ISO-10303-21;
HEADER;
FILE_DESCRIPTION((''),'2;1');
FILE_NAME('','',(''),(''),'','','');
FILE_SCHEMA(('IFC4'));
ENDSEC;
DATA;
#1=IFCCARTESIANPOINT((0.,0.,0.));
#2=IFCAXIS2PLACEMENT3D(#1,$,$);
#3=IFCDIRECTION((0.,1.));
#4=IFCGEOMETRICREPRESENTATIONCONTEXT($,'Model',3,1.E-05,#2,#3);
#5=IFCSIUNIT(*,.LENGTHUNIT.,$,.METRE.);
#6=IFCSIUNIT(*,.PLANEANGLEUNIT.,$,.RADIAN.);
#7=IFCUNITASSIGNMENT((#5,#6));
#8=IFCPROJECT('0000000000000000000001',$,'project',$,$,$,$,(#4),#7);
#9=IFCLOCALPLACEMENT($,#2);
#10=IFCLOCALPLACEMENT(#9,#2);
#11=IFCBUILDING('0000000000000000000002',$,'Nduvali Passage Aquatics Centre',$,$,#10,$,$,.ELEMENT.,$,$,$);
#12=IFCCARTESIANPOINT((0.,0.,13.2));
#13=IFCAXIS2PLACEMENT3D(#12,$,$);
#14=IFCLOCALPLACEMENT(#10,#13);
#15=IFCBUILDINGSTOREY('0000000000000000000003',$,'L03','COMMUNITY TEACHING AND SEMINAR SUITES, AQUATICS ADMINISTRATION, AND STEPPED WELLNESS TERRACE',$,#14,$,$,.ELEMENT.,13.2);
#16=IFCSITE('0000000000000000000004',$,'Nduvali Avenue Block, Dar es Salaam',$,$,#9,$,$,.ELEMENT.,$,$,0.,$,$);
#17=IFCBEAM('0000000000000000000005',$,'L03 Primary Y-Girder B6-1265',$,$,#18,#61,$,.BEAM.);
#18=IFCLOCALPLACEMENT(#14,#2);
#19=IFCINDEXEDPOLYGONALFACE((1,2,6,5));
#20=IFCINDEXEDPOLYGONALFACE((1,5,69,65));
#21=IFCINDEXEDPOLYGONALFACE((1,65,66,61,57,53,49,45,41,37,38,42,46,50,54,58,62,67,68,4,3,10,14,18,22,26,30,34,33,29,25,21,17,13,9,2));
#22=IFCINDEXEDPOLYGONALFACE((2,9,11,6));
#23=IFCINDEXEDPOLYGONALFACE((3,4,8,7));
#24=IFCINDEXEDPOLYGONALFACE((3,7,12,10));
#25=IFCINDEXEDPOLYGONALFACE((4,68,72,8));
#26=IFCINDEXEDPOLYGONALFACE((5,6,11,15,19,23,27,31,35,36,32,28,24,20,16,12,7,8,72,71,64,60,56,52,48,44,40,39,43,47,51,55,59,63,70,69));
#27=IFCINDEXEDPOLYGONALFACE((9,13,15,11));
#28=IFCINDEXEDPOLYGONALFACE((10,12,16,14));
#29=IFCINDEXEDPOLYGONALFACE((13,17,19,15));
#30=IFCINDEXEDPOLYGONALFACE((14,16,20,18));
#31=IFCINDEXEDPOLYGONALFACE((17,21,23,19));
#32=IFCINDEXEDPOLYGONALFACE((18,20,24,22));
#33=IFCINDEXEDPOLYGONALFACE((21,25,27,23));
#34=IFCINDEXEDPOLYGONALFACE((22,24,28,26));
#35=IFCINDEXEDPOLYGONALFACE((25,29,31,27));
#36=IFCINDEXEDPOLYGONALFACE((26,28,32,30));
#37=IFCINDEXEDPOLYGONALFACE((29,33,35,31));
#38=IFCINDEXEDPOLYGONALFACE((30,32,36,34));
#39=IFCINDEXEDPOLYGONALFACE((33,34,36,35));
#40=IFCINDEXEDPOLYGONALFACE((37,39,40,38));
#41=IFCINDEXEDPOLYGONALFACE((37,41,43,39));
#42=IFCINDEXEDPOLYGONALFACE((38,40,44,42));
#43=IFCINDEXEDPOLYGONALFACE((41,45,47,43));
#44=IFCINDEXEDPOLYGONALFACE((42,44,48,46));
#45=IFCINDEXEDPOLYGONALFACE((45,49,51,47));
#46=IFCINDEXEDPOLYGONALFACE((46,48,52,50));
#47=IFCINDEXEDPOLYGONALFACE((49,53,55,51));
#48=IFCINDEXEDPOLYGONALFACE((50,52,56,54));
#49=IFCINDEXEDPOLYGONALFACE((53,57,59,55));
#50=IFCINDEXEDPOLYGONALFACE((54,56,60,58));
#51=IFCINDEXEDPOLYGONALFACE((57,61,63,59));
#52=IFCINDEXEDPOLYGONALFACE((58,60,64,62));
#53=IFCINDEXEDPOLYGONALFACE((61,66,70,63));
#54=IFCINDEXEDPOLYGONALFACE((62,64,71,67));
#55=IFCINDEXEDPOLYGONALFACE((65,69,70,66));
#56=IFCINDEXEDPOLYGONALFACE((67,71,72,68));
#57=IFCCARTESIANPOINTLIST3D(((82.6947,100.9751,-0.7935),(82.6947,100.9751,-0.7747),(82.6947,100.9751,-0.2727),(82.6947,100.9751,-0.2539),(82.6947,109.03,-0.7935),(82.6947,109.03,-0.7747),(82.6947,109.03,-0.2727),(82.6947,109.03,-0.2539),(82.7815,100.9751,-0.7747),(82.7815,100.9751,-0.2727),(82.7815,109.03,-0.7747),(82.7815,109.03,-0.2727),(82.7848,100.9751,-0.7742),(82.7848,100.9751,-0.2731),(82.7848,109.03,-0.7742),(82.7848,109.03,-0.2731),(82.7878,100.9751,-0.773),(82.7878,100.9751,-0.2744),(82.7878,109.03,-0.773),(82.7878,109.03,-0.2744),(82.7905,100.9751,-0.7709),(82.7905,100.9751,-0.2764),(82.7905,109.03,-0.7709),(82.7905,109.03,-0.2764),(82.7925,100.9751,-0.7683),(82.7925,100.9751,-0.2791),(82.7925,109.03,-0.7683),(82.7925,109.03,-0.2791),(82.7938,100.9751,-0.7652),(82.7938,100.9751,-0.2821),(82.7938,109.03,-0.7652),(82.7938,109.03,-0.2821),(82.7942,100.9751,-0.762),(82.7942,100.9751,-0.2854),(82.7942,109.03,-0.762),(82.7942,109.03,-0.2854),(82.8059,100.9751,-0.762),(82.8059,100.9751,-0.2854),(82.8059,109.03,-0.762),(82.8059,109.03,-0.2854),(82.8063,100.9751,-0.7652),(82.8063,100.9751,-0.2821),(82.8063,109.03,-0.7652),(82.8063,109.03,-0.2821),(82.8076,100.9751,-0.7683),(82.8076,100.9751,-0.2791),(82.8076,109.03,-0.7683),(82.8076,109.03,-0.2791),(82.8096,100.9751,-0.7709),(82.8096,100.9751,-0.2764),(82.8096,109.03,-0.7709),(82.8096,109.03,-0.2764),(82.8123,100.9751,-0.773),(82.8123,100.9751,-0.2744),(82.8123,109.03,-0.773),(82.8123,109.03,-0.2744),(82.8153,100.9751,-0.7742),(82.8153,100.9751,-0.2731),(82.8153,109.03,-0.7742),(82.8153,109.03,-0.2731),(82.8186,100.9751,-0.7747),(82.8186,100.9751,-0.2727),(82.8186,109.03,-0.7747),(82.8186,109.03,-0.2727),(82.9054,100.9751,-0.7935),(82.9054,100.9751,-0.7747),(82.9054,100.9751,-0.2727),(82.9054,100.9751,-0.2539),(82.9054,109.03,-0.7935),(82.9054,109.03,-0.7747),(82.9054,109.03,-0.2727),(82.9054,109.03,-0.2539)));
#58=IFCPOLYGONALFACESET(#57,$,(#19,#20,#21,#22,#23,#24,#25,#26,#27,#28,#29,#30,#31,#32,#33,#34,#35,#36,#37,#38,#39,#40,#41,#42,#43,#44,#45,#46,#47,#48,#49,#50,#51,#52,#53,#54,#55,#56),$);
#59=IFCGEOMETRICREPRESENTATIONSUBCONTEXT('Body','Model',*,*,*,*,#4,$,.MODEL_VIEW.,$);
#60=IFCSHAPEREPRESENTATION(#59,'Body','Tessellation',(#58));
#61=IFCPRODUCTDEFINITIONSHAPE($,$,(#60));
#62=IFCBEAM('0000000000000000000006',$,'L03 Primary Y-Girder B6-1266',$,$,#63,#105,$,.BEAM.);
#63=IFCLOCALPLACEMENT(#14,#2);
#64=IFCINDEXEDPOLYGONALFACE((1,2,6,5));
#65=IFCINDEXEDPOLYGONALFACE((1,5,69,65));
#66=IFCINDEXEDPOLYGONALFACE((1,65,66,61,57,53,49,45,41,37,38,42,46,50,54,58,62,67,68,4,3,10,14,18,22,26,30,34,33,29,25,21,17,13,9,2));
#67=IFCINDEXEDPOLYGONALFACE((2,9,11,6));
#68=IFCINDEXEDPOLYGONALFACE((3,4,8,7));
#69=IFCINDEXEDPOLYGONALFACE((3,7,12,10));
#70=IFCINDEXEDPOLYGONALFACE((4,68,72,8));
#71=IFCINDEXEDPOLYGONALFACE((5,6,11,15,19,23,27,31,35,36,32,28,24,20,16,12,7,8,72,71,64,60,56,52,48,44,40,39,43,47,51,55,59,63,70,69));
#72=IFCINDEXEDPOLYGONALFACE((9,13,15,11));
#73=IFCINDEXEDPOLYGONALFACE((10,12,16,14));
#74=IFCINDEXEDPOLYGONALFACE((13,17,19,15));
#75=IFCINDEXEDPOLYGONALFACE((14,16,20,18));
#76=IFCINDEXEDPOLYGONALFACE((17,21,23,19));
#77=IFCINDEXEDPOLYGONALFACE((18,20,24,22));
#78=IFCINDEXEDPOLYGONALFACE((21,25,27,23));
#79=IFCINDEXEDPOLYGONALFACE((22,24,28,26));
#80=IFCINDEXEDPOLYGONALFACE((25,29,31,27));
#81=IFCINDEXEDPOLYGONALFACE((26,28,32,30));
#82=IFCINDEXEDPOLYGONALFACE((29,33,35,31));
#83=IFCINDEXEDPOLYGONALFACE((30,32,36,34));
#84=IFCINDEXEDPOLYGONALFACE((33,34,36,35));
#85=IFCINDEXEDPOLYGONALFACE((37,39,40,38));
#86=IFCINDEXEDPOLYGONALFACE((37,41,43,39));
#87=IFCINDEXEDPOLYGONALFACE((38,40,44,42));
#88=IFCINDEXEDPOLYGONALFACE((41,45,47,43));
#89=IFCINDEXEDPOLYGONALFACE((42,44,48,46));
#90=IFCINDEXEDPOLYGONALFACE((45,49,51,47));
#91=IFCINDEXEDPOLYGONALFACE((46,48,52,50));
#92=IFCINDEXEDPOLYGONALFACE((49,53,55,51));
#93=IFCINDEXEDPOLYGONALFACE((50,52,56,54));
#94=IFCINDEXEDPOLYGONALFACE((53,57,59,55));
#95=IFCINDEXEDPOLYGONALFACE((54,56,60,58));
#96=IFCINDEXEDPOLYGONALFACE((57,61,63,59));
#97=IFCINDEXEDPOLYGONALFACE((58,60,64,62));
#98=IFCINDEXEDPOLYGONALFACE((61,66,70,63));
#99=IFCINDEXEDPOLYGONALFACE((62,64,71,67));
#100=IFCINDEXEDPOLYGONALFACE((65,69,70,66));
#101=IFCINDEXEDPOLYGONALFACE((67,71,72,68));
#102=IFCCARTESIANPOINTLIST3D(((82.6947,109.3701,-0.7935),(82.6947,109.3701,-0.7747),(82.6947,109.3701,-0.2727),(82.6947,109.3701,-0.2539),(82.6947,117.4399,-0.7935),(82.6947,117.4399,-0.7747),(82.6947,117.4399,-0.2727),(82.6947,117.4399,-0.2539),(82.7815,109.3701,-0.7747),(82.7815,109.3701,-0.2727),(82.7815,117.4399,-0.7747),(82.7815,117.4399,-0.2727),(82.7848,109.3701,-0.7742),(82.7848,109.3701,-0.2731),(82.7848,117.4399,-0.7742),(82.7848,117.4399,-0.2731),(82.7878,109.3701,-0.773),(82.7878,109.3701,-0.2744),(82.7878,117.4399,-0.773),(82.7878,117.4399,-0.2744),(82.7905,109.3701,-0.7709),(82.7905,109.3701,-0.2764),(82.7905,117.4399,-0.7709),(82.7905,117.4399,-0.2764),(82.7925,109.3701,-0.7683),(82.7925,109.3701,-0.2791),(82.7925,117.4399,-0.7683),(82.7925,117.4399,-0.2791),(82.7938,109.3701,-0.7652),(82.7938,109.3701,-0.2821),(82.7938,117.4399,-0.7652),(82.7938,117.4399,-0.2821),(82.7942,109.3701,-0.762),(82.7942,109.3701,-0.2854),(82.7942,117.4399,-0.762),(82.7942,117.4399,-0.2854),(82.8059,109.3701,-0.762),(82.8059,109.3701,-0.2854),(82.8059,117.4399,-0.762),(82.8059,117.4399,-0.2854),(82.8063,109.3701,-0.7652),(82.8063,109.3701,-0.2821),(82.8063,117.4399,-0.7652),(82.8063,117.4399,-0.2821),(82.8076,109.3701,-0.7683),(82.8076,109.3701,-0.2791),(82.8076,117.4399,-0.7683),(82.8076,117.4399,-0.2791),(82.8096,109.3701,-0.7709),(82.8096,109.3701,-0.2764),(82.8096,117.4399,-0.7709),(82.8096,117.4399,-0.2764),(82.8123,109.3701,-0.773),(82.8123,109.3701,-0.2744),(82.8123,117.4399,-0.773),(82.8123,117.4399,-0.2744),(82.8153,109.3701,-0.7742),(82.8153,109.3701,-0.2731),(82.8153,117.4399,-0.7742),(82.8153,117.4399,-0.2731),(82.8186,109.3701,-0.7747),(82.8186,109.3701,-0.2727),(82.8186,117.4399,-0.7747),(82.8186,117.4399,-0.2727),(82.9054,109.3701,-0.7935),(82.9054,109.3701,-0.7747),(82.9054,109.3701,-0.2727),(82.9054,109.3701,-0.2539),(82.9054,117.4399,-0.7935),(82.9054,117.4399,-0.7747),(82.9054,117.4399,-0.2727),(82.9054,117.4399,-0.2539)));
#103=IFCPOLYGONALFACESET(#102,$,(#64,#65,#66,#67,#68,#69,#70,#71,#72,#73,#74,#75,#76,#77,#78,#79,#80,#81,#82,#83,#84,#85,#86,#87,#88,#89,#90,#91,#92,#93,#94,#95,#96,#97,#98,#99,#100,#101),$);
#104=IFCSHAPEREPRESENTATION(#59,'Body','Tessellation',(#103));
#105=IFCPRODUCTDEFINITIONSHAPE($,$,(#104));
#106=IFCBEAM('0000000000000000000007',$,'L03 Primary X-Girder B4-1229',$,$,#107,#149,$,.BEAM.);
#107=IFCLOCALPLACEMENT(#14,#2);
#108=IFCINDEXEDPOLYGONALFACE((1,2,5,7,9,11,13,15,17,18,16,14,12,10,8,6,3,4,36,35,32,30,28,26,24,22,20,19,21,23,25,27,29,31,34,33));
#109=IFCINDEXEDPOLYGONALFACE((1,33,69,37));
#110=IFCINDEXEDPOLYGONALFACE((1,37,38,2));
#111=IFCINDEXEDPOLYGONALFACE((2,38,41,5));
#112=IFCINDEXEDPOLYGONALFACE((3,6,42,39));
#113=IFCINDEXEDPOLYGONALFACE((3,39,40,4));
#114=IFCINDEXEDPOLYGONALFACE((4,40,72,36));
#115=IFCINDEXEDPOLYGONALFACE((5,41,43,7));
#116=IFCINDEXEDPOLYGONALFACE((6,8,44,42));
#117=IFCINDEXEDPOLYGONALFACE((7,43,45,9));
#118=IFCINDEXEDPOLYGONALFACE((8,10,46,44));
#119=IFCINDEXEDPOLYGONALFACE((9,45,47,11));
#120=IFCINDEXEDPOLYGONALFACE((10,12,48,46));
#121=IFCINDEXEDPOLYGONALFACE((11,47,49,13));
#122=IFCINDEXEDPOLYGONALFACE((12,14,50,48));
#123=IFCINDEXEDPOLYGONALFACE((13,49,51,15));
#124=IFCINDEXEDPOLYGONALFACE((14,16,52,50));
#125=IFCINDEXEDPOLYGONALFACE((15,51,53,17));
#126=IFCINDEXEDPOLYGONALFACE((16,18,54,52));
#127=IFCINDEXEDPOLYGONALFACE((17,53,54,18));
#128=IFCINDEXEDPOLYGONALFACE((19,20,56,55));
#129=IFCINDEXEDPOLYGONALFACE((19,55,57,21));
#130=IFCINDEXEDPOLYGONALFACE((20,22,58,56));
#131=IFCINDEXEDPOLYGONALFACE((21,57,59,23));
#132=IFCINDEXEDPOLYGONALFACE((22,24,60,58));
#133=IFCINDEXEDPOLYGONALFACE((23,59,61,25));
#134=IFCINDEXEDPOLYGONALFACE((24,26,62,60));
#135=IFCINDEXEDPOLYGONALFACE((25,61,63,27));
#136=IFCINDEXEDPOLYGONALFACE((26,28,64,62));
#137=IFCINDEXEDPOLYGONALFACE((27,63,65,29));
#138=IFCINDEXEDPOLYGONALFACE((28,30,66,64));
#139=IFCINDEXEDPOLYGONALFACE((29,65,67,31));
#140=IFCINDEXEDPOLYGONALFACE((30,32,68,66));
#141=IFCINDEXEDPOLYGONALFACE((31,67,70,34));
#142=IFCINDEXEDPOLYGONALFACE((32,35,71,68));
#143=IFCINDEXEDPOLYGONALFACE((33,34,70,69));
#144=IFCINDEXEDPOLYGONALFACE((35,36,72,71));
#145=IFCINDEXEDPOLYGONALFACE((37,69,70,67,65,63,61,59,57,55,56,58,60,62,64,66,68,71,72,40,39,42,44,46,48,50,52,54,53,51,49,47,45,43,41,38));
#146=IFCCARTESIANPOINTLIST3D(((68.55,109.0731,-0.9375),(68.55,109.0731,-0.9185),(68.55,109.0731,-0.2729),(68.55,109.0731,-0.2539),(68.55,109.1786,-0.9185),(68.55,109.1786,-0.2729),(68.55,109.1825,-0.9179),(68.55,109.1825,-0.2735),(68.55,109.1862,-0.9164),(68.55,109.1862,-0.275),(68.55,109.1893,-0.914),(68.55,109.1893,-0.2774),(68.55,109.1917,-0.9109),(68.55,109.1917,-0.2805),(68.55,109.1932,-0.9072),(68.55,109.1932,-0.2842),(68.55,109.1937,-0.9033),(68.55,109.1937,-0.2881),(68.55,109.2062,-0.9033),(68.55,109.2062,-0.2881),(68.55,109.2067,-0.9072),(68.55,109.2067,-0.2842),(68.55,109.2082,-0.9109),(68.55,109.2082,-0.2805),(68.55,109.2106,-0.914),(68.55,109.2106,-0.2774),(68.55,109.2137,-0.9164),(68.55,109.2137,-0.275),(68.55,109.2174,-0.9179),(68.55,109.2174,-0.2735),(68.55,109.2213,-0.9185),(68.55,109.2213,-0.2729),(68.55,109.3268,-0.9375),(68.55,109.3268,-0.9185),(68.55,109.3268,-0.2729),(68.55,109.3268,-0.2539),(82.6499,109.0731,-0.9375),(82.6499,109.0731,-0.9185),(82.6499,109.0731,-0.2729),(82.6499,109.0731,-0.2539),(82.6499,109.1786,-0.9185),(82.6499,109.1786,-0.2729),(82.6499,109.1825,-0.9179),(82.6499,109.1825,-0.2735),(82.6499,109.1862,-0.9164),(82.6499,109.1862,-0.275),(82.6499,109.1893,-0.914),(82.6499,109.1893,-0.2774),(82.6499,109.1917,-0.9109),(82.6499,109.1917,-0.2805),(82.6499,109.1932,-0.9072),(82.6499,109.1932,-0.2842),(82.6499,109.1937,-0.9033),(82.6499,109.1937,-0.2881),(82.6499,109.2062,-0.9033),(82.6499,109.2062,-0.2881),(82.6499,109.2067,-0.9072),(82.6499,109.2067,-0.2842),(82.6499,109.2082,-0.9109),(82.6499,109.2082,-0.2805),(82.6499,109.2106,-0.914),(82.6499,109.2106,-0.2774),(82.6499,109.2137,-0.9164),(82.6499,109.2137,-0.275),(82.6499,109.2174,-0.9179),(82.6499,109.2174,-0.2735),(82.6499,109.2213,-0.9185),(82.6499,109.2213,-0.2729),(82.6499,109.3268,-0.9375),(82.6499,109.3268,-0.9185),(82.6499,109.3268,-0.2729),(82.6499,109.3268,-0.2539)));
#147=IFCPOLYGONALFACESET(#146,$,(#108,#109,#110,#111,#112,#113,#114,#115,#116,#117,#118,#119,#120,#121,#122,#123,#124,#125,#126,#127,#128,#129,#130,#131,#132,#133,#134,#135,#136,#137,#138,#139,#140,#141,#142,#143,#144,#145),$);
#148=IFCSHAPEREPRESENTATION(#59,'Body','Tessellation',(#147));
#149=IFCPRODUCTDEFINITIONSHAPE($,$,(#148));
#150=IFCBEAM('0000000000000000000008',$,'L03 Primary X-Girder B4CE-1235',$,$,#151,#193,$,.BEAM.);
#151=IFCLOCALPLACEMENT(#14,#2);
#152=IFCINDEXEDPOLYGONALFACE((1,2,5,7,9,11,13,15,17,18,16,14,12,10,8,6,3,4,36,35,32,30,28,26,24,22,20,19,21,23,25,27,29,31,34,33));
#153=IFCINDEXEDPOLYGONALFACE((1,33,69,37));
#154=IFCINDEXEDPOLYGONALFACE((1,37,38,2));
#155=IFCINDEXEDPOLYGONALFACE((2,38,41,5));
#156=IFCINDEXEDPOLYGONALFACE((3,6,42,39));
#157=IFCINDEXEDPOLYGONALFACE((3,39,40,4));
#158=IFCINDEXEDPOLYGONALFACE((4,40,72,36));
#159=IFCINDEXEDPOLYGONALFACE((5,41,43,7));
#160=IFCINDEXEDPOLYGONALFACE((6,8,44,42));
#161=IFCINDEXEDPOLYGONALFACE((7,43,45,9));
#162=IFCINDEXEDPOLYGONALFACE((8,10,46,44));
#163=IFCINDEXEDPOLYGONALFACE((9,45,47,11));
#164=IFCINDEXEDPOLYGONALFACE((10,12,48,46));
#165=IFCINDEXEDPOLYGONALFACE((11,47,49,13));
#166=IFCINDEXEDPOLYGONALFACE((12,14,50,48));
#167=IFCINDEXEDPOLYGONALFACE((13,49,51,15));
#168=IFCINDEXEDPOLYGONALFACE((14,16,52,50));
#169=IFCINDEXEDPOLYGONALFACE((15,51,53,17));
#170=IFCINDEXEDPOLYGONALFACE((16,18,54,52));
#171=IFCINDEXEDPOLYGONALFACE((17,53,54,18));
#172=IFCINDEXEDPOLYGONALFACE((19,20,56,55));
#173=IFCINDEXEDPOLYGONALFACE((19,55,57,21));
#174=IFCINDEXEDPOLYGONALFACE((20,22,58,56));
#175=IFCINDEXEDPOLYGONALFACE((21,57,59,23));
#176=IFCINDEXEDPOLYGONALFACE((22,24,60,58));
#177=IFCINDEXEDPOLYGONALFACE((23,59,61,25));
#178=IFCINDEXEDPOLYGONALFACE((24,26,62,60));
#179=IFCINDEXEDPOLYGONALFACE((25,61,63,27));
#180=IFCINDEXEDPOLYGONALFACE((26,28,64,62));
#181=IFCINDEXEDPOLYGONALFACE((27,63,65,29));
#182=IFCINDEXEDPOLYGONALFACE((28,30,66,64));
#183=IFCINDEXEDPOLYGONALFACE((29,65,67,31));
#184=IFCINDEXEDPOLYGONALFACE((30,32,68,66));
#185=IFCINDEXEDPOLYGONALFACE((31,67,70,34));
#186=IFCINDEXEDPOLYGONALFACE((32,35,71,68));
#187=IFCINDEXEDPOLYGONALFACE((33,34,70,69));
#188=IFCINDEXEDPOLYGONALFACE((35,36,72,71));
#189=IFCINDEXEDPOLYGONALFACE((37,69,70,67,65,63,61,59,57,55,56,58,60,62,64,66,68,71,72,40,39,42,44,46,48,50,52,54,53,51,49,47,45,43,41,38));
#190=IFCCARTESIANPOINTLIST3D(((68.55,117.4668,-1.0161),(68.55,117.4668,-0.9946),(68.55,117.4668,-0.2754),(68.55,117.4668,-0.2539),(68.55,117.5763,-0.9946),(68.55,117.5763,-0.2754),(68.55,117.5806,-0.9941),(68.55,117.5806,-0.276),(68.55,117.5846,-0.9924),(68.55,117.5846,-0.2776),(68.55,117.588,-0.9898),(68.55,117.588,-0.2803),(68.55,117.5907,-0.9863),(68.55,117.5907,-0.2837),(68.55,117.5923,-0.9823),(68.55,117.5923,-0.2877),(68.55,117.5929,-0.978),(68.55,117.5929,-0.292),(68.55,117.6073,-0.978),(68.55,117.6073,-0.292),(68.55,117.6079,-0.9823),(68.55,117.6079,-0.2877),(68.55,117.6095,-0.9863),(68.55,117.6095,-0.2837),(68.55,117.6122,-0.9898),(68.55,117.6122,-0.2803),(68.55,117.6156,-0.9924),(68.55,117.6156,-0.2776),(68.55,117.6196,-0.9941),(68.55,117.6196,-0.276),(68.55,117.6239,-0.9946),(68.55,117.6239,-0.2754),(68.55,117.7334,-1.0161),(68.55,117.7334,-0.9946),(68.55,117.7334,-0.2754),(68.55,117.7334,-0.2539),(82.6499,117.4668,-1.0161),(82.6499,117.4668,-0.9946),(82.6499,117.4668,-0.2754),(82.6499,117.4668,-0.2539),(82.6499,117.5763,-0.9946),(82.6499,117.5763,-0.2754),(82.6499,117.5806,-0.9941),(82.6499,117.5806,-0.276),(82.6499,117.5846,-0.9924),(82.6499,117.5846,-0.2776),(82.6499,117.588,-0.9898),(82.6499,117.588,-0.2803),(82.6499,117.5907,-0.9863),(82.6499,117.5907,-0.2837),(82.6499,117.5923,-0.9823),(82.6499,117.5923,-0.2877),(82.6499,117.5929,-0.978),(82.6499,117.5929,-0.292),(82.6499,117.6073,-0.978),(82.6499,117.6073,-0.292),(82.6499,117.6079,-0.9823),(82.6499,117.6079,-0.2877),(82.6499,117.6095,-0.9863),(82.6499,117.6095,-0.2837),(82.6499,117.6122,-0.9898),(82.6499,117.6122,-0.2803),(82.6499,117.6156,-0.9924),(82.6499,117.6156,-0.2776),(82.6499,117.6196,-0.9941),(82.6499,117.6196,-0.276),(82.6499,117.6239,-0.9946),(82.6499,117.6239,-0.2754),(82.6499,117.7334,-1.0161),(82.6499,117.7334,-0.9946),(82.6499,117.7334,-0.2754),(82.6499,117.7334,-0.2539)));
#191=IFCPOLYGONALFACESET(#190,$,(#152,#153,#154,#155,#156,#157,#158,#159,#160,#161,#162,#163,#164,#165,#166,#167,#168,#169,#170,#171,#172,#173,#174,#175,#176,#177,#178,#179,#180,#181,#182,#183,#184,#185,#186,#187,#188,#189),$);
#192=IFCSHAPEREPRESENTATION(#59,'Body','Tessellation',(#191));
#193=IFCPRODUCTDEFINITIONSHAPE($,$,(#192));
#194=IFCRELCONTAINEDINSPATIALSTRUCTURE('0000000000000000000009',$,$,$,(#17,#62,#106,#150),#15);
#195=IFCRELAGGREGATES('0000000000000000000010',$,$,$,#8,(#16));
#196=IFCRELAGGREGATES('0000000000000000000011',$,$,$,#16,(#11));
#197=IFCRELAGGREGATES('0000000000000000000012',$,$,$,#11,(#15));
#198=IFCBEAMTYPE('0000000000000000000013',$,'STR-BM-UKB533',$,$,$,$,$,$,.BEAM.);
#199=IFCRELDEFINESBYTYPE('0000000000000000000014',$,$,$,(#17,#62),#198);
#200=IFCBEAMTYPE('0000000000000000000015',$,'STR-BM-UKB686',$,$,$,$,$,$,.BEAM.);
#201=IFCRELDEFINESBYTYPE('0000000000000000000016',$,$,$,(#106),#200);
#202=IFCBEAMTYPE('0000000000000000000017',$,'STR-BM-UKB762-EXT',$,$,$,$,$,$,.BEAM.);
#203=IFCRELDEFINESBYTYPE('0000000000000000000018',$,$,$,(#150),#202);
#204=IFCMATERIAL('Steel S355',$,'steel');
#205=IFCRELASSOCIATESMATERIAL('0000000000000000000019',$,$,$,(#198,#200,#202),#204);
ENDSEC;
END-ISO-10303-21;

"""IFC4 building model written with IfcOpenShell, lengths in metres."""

from ifc_helpers import new_model, si_unit, direction, frame, origin, origin_2d, place, context, subcontext, project, spatial, i_section, extrude, material, material_profile, profile_set, type_object, element, save


model = new_model("IFC4")

# Units and contexts
model_context = context("Model", 3, precision=1e-05, world=origin(), true_north=direction((0.0, 1.0)))
body_context = subcontext(model_context, "Body", "Model", "MODEL_VIEW")
ifc_project = project(units=[si_unit("LENGTHUNIT", "METRE"), si_unit("PLANEANGLEUNIT", "RADIAN")], contexts=[model_context])

# Site, building, storey
site_placement = place(None, origin())
site = spatial("IfcSite", under=ifc_project, at=site_placement, Name="Nduvali Avenue Block, Dar es Salaam", CompositionType="ELEMENT", RefElevation=0.0)
building_placement = place(site_placement, origin())
building = spatial("IfcBuilding", under=site, at=building_placement, Name="Nduvali Passage Aquatics Centre", CompositionType="ELEMENT")
storey_placement = place(building_placement, frame((0.0, 0.0, 13.2)))
storey = spatial("IfcBuildingStorey", under=building, at=storey_placement, Name="L03", Description="COMMUNITY TEACHING AND SEMINAR SUITES, AQUATICS ADMINISTRATION, AND STEPPED WELLNESS TERRACE", CompositionType="ELEMENT", Elevation=13.2)

# Shared definitions
ifc_material_1 = material(Name="Steel S355", Category="steel")

# Beams
ifc_material_profile_1 = material_profile(ifc_material_1, i_section(OverallWidth=0.2107, OverallDepth=0.5396, WebThickness=0.0117, FlangeThickness=0.0188, FilletRadius=0.0127, at=origin_2d()), Name="UKB 533x210x109")
ifc_profile_set_1 = profile_set([ifc_material_profile_1], Name="Steel S355")
beam_type_1 = type_object("IfcBeamType", Name="STR-BM-UKB533", PredefinedType="BEAM", material=ifc_profile_set_1)
beam_1_placement = place(storey_placement, frame((82.8, 100.9751, -0.5237), z_axis=(0.0, 1.0, 0.0), x_axis=(-1.0, 0.0, 0.0)))
element("IfcBeam", 1, at=beam_1_placement, inside=storey, type_object=beam_type_1, Name="L03 Primary Y-Girder B6-1265", PredefinedType="BEAM", context=body_context, shape_type="SweptSolid", body=[
    extrude(i_section(OverallWidth=0.2107, OverallDepth=0.5396, WebThickness=0.0117, FlangeThickness=0.0188, FilletRadius=0.0127, at=origin_2d()), origin(), (0.0, 0.0, 1.0), 8.0549),
])
beam_2_placement = place(storey_placement, frame((82.8, 109.3701, -0.5237), z_axis=(0.0, 1.0, 0.0), x_axis=(-1.0, 0.0, 0.0)))
element("IfcBeam", 2, at=beam_2_placement, inside=storey, type_object=beam_type_1, Name="L03 Primary Y-Girder B6-1266", PredefinedType="BEAM", context=body_context, shape_type="SweptSolid", body=[
    extrude(i_section(OverallWidth=0.2107, OverallDepth=0.5396, WebThickness=0.0117, FlangeThickness=0.0188, FilletRadius=0.0127, at=origin_2d()), origin(), (0.0, 0.0, 1.0), 8.0698),
])
ifc_material_profile_2 = material_profile(ifc_material_1, i_section(OverallWidth=0.2537, OverallDepth=0.6836, WebThickness=0.0125, FlangeThickness=0.019, FilletRadius=0.0151, at=origin_2d()), Name="UKB 686x254x140")
ifc_profile_set_2 = profile_set([ifc_material_profile_2], Name="Steel S355")
beam_type_2 = type_object("IfcBeamType", Name="STR-BM-UKB686", PredefinedType="BEAM", material=ifc_profile_set_2)
beam_3_placement = place(storey_placement, frame((68.55, 109.2, -0.5957), z_axis=(1.0, 0.0, 0.0), x_axis=(0.0, 1.0, 0.0)))
element("IfcBeam", 3, at=beam_3_placement, inside=storey, type_object=beam_type_2, Name="L03 Primary X-Girder B4-1229", PredefinedType="BEAM", context=body_context, shape_type="SweptSolid", body=[
    extrude(i_section(OverallWidth=0.2537, OverallDepth=0.6836, WebThickness=0.0125, FlangeThickness=0.019, FilletRadius=0.0151, at=origin_2d()), origin(), (0.0, 0.0, 1.0), 14.0999),
])
ifc_material_profile_3 = material_profile(ifc_material_1, i_section(OverallWidth=0.2666, OverallDepth=0.7622, WebThickness=0.0144, FlangeThickness=0.0215, FilletRadius=0.0166, at=origin_2d()), Name="UKB 762x267x173")
ifc_profile_set_3 = profile_set([ifc_material_profile_3], Name="Steel S355")
beam_type_3 = type_object("IfcBeamType", Name="STR-BM-UKB762-EXT", PredefinedType="BEAM", material=ifc_profile_set_3)
beam_4_placement = place(storey_placement, frame((68.55, 117.6001, -0.635), z_axis=(1.0, 0.0, 0.0), x_axis=(0.0, 1.0, 0.0)))
element("IfcBeam", 4, at=beam_4_placement, inside=storey, type_object=beam_type_3, Name="L03 Primary X-Girder B4CE-1235", PredefinedType="BEAM", context=body_context, shape_type="SweptSolid", body=[
    extrude(i_section(OverallWidth=0.2666, OverallDepth=0.7622, WebThickness=0.0144, FlangeThickness=0.0215, FilletRadius=0.0166, at=origin_2d()), origin(), (0.0, 0.0, 1.0), 14.0999),
])

save(model, "model.ifc")
